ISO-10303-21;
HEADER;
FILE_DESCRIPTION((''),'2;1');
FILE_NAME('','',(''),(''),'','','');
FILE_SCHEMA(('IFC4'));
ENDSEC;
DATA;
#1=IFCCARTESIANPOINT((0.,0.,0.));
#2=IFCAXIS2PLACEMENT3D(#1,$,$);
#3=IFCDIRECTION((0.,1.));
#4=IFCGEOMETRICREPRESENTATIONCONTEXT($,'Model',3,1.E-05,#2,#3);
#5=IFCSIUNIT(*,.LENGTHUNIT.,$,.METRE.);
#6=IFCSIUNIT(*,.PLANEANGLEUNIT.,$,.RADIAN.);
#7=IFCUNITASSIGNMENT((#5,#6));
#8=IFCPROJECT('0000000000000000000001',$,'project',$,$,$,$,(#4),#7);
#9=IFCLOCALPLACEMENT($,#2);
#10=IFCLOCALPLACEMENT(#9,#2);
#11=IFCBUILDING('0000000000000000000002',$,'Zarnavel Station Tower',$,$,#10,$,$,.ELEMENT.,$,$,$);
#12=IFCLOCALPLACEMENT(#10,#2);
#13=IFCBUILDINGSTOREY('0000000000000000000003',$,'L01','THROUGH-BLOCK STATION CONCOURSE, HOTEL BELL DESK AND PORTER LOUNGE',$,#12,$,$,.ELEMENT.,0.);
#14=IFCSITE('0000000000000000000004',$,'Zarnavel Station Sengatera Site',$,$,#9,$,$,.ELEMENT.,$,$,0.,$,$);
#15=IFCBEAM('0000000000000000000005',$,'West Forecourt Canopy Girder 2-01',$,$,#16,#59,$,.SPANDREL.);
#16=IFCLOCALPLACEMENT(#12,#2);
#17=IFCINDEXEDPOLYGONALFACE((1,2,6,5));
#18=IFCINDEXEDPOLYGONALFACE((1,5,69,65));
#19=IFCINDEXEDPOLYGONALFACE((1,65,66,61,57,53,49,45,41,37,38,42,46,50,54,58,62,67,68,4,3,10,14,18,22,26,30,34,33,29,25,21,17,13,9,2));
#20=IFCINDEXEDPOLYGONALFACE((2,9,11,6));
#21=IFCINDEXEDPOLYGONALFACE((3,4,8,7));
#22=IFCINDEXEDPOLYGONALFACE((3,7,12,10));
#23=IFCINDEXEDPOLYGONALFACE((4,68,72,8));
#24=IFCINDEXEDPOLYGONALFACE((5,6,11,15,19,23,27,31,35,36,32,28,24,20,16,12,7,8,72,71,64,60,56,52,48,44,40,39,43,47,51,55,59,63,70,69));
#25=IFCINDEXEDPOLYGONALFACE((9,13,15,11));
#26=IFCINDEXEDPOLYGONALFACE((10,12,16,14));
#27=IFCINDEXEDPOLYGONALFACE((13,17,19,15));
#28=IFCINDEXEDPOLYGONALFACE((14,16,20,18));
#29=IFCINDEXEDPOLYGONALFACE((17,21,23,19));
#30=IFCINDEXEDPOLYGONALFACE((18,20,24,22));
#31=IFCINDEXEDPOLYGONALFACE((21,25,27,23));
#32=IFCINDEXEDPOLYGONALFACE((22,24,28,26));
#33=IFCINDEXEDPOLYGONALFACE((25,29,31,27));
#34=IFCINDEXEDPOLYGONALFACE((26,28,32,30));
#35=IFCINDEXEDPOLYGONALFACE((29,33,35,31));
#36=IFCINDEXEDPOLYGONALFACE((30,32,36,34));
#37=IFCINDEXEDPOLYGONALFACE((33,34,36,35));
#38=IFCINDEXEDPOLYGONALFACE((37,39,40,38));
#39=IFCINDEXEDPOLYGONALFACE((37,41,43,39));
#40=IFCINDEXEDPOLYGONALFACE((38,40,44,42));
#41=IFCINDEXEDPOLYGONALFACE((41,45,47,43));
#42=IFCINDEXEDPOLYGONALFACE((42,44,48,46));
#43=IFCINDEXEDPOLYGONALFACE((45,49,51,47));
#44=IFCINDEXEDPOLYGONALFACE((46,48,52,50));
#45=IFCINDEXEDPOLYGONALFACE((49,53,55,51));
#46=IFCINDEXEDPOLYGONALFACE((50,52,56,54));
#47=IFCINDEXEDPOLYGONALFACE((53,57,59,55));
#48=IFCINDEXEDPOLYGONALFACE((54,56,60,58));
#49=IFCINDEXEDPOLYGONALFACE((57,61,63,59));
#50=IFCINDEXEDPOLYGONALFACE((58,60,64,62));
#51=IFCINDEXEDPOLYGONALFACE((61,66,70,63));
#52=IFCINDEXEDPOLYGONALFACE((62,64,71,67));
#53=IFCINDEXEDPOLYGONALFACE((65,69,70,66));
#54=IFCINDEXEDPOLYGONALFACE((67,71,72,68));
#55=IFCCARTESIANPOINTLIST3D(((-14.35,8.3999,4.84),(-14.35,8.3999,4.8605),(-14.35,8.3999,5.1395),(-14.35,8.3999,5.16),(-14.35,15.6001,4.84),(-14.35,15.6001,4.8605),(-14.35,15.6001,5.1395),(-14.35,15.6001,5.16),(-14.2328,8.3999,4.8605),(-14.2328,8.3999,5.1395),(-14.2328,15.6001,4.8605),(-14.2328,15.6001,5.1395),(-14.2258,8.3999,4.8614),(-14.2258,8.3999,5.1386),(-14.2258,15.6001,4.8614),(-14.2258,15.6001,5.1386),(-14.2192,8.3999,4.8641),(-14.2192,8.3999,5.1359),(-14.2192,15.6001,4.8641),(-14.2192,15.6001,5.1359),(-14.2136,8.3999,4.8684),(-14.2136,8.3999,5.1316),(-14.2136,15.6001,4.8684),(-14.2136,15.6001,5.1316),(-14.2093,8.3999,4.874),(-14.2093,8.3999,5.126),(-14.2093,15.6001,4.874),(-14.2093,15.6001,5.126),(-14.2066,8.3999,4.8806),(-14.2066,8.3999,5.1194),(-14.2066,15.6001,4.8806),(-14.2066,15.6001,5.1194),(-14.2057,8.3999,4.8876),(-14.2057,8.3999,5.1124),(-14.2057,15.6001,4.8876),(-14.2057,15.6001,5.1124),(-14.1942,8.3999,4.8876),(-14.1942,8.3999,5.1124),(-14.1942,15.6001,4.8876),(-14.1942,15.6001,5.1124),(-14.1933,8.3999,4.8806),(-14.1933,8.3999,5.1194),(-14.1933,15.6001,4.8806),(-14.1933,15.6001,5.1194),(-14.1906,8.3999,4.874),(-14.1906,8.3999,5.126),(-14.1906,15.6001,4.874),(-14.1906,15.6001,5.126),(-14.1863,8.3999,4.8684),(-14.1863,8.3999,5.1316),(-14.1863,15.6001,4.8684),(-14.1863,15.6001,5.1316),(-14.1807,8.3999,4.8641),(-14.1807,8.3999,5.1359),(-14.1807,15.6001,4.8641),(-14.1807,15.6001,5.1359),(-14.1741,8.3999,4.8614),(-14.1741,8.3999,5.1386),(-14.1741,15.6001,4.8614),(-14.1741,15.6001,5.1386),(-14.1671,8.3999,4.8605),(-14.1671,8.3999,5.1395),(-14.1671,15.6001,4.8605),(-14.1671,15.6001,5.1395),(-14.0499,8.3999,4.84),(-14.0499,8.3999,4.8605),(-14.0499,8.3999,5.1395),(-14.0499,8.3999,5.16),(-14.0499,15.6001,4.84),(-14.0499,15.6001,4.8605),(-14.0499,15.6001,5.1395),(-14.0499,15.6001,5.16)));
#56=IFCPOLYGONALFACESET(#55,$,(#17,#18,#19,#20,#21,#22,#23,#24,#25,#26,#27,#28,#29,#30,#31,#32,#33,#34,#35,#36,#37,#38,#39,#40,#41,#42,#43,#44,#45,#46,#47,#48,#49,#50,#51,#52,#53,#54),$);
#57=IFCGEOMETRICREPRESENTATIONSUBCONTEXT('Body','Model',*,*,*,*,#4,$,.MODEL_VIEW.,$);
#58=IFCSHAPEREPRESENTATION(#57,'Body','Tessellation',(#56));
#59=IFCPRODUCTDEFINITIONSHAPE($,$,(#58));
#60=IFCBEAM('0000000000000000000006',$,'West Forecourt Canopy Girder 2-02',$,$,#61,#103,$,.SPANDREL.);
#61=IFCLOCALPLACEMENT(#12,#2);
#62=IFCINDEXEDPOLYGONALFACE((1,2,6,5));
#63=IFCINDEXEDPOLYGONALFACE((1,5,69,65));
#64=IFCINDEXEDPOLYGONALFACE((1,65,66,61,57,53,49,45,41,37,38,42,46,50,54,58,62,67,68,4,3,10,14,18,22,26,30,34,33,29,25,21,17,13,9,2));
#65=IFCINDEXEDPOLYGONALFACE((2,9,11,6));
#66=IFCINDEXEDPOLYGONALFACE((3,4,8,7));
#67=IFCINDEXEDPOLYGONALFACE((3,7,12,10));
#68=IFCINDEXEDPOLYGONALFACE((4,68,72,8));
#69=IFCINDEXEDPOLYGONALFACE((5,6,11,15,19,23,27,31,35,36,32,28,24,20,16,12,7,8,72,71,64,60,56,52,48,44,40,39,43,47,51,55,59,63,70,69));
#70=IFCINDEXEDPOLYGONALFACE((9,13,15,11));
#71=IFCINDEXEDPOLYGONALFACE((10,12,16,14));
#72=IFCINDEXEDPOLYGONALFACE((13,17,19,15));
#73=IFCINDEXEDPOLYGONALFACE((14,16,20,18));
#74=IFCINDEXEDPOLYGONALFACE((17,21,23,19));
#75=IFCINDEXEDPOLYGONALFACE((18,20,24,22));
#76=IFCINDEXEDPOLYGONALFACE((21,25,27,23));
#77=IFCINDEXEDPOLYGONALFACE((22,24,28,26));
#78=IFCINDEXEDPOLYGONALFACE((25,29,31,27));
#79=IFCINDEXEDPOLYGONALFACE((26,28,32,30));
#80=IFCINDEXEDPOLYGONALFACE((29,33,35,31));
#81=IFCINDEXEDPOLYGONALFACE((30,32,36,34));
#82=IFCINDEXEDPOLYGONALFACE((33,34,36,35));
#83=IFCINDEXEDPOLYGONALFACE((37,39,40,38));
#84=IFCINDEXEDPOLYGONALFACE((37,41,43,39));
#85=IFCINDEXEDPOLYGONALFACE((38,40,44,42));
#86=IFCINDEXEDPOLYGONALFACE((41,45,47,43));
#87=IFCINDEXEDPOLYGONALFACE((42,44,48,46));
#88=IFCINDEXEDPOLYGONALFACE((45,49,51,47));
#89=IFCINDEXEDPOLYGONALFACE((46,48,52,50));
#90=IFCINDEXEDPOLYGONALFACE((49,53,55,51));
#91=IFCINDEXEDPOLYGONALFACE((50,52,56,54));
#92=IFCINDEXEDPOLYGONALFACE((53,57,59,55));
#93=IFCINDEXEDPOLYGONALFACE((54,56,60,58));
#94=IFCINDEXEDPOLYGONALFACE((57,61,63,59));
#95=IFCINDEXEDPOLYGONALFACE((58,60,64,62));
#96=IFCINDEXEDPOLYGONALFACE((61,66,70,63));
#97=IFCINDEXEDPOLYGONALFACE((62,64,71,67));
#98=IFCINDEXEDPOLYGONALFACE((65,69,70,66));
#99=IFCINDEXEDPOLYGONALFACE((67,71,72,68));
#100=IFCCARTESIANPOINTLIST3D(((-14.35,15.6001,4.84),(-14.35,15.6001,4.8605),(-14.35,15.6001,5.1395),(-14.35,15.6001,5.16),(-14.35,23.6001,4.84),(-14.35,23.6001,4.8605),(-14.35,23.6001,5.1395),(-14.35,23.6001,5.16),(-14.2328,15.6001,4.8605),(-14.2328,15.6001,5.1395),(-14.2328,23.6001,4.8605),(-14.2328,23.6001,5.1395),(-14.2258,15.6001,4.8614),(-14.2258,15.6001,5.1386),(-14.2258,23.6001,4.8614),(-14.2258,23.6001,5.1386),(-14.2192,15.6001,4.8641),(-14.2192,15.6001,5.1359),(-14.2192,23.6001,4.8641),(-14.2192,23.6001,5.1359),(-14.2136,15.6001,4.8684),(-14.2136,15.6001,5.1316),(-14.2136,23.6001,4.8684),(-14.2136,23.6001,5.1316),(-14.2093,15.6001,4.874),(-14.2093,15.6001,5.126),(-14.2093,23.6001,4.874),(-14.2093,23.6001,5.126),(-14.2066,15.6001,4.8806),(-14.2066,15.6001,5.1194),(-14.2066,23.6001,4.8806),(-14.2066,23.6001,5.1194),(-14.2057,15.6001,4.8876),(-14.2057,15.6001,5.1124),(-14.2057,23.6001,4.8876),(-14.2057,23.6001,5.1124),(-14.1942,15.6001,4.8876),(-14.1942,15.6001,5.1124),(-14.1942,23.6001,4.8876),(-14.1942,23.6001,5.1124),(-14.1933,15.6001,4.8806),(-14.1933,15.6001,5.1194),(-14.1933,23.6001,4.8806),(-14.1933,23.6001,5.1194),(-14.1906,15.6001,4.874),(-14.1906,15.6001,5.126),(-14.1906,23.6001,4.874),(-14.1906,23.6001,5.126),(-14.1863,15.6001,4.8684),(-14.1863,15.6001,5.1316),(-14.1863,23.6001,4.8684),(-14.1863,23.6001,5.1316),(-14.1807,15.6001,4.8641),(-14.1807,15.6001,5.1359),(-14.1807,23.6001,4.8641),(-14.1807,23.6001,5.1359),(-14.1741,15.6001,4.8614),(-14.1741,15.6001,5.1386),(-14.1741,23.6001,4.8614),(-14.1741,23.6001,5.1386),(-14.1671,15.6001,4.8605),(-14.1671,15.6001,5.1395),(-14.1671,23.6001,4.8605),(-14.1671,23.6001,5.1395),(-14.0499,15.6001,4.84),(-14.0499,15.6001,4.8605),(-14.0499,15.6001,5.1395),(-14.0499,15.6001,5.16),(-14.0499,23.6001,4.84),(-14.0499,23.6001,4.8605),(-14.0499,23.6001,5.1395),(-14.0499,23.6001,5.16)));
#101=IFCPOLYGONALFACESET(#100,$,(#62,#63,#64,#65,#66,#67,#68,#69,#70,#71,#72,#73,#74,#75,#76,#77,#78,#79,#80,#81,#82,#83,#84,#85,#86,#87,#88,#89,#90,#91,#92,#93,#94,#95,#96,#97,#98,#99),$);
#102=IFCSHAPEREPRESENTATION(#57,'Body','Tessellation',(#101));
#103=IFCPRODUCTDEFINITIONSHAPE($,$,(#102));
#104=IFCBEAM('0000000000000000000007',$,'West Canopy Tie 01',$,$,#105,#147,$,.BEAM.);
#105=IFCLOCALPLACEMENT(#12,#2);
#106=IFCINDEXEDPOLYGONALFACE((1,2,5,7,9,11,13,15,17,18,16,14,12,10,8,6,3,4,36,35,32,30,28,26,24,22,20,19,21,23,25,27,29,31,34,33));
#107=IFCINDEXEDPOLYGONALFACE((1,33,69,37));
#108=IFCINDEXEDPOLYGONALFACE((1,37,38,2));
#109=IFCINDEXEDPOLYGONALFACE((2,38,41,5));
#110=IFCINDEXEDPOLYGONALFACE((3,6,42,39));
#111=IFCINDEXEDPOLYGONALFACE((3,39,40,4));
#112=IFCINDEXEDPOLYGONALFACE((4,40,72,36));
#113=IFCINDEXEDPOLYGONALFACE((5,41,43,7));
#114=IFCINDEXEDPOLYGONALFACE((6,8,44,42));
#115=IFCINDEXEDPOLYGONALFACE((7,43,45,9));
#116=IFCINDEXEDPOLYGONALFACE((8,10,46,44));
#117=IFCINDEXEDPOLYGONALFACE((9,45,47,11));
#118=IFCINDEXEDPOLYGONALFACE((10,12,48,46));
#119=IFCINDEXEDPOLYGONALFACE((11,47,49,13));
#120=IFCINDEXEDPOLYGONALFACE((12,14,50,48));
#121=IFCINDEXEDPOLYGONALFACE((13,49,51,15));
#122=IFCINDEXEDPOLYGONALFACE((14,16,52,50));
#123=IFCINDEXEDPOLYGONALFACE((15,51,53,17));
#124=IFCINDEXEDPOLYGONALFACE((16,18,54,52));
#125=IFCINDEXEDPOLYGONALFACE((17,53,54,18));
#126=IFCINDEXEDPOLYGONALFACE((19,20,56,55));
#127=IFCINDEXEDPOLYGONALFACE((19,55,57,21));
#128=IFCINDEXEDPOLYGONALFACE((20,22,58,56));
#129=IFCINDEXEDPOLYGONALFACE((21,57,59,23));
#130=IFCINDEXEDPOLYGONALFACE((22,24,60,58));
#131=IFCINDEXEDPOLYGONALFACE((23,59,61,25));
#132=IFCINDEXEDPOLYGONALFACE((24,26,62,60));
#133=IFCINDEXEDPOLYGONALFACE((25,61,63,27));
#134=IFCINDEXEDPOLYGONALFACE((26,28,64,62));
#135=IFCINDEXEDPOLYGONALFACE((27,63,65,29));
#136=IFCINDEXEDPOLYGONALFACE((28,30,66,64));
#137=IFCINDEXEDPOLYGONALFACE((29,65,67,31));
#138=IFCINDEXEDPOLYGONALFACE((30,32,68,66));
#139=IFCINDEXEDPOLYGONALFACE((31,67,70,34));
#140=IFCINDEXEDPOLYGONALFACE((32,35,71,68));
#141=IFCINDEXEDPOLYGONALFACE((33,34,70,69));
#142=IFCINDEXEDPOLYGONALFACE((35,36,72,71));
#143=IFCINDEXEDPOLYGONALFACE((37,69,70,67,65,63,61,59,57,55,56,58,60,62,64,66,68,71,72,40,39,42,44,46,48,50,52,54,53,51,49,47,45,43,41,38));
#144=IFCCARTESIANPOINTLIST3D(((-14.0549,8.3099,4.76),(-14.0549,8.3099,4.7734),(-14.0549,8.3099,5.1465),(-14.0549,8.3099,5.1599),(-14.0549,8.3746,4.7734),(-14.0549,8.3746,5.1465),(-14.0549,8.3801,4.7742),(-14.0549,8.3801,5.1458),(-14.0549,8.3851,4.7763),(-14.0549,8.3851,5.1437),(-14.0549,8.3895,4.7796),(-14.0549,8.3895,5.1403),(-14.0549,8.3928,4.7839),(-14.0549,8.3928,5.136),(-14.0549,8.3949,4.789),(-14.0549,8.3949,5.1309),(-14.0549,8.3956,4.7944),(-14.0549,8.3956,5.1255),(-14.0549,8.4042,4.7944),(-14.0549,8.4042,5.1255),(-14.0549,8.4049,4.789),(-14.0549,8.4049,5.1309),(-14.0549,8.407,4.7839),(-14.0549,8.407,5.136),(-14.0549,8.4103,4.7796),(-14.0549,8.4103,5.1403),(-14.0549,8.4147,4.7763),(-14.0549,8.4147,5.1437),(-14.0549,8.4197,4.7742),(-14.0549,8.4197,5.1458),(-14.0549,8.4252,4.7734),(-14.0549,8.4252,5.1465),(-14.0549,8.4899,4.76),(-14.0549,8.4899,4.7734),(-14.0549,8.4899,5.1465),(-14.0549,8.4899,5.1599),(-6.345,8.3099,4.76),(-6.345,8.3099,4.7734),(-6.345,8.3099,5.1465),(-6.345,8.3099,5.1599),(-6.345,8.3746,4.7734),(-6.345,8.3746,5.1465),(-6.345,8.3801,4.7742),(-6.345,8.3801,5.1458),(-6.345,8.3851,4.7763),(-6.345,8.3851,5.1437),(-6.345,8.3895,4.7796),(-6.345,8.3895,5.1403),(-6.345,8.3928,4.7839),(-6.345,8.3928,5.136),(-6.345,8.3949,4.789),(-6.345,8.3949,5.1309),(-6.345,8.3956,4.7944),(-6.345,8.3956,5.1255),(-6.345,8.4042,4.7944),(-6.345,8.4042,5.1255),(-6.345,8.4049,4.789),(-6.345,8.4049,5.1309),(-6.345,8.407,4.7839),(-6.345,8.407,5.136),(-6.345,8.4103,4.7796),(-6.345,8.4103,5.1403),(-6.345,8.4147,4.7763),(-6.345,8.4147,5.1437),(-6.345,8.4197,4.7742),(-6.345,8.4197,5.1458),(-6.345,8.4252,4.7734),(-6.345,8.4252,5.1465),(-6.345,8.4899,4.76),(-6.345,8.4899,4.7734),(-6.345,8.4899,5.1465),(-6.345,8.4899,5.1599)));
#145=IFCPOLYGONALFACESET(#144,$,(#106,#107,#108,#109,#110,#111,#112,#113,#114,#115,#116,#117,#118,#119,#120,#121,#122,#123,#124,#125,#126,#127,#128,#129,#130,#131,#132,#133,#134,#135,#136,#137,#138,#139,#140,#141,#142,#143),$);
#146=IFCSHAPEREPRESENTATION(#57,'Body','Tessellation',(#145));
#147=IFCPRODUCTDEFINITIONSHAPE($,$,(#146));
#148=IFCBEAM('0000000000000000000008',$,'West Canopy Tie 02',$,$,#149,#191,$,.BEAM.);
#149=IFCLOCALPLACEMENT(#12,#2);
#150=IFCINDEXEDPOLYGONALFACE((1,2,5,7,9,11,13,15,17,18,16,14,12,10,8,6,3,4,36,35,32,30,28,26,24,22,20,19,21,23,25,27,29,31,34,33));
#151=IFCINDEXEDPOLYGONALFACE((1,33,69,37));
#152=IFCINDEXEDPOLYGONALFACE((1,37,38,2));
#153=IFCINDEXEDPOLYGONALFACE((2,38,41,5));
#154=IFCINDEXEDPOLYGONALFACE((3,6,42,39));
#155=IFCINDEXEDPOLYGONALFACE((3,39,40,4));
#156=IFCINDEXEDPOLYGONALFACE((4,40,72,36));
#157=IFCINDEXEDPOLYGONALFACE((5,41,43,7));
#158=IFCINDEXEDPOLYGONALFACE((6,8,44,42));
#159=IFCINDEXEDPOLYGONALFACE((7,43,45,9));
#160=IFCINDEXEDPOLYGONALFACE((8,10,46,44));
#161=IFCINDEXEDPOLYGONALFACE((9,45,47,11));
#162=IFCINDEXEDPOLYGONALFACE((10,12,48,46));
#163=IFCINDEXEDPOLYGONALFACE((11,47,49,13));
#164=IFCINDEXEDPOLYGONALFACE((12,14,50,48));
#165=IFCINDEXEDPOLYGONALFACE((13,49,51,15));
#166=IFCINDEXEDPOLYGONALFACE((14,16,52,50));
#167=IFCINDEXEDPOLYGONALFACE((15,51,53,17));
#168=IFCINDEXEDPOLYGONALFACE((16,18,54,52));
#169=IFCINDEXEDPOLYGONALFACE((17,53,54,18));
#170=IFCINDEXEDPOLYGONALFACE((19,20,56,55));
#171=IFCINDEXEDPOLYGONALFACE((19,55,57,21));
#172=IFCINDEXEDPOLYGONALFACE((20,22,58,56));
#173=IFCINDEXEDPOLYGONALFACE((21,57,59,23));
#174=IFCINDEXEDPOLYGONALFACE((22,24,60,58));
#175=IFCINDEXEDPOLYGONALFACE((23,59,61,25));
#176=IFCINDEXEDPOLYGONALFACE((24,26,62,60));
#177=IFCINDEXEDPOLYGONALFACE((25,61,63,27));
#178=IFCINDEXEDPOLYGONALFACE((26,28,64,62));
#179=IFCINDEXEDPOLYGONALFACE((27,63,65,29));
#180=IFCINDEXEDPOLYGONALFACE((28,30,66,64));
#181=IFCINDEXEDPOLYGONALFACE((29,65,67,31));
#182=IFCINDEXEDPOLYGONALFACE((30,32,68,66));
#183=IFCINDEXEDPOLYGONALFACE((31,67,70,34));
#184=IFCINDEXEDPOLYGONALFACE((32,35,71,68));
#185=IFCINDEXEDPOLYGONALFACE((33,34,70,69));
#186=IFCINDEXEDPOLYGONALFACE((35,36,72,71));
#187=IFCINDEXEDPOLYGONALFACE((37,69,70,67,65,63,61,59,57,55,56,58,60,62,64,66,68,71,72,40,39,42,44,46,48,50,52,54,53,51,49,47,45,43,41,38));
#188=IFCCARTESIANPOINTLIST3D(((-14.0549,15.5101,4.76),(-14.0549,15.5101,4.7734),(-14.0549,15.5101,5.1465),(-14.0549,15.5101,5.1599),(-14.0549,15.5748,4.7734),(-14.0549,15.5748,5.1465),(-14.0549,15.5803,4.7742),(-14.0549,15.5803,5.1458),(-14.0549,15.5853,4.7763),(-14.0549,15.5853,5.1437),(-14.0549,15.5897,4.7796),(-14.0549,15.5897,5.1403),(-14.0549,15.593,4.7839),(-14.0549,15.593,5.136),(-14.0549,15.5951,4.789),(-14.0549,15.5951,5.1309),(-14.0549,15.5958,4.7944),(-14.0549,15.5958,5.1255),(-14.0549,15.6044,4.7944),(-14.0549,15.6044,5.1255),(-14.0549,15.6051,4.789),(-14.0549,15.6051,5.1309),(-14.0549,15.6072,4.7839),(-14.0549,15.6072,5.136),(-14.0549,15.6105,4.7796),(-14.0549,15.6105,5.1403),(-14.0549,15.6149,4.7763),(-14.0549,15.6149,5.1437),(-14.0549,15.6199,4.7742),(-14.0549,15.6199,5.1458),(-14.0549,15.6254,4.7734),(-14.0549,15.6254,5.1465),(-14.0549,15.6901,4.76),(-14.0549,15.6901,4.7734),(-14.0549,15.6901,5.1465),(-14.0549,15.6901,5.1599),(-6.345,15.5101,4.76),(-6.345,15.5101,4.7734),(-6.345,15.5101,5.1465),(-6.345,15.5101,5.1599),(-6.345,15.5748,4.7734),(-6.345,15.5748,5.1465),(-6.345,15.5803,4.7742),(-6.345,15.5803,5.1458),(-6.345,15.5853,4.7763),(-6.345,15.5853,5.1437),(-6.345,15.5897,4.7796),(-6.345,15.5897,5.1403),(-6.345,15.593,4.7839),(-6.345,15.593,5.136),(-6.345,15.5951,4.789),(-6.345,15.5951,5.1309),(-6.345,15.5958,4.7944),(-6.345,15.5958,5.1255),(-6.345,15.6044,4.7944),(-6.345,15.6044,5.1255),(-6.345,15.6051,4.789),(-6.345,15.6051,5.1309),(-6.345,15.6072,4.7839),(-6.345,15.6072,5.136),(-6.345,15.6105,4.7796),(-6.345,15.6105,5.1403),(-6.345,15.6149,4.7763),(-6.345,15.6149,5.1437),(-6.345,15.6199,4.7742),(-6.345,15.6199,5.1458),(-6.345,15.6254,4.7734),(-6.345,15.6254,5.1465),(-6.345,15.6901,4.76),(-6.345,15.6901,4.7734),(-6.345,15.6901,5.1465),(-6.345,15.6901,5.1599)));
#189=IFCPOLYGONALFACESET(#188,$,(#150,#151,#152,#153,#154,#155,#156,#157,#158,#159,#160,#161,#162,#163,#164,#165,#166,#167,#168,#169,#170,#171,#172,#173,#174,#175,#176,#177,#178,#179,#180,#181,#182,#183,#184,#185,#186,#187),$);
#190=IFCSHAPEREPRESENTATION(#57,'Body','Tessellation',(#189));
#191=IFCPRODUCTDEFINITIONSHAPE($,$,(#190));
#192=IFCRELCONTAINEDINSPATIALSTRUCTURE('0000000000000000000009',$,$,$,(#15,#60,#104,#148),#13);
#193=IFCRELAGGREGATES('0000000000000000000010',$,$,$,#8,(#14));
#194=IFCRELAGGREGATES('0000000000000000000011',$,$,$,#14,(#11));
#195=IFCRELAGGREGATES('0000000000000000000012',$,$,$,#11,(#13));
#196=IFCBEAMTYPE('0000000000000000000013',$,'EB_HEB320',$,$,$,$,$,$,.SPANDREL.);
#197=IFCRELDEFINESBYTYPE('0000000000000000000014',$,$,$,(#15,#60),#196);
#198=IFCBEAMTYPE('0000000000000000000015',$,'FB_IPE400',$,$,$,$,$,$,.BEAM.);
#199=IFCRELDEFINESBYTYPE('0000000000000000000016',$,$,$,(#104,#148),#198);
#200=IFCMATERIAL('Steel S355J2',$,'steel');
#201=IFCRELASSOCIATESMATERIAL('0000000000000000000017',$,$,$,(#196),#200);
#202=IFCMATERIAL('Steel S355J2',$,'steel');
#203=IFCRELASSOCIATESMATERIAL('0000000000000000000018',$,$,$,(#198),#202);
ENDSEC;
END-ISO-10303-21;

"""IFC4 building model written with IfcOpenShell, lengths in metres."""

from ifc_helpers import new_model, si_unit, direction, frame, origin, origin_2d, place, context, subcontext, project, spatial, i_section, extrude, material, material_profile, profile_set, type_object, element, save


model = new_model("IFC4")

# Units and contexts
model_context = context("Model", 3, precision=1e-05, world=origin(), true_north=direction((0.0, 1.0)))
body_context = subcontext(model_context, "Body", "Model", "MODEL_VIEW")
ifc_project = project(units=[si_unit("LENGTHUNIT", "METRE"), si_unit("PLANEANGLEUNIT", "RADIAN")], contexts=[model_context])

# Site, building, storey
site_placement = place(None, origin())
site = spatial("IfcSite", under=ifc_project, at=site_placement, Name="Zarnavel Station Sengatera Site", CompositionType="ELEMENT", RefElevation=0.0)
building_placement = place(site_placement, origin())
building = spatial("IfcBuilding", under=site, at=building_placement, Name="Zarnavel Station Tower", CompositionType="ELEMENT")
storey_placement = place(building_placement, origin())
storey = spatial("IfcBuildingStorey", under=building, at=storey_placement, Name="L01", Description="THROUGH-BLOCK STATION CONCOURSE, HOTEL BELL DESK AND PORTER LOUNGE", CompositionType="ELEMENT", Elevation=0.0)

# Beams
ifc_material_1 = material(Name="Steel S355J2", Category="steel")
ifc_material_profile_1 = material_profile(ifc_material_1, i_section(OverallWidth=0.3, OverallDepth=0.3201, WebThickness=0.0115, FlangeThickness=0.0205, FilletRadius=0.0271, at=origin_2d()), Name="HEB320")
ifc_profile_set_1 = profile_set([ifc_material_profile_1], Name="Steel S355J2")
beam_type_1 = type_object("IfcBeamType", Name="EB_HEB320", PredefinedType="SPANDREL", material=ifc_profile_set_1)
beam_1_placement = place(storey_placement, frame((-14.2, 8.3999, 5.0), z_axis=(0.0, 1.0, 0.0), x_axis=(-1.0, 0.0, 0.0)))
element("IfcBeam", 1, at=beam_1_placement, inside=storey, type_object=beam_type_1, Name="West Forecourt Canopy Girder 2-01", PredefinedType="SPANDREL", context=body_context, shape_type="SweptSolid", body=[
    extrude(i_section(OverallWidth=0.3, OverallDepth=0.3201, WebThickness=0.0115, FlangeThickness=0.0205, FilletRadius=0.0271, at=origin_2d()), origin(), (0.0, 0.0, 1.0), 7.2002),
])
beam_2_placement = place(storey_placement, frame((-14.2, 15.6001, 5.0), z_axis=(0.0, 1.0, 0.0), x_axis=(-1.0, 0.0, 0.0)))
element("IfcBeam", 2, at=beam_2_placement, inside=storey, type_object=beam_type_1, Name="West Forecourt Canopy Girder 2-02", PredefinedType="SPANDREL", context=body_context, shape_type="SweptSolid", body=[
    extrude(i_section(OverallWidth=0.3, OverallDepth=0.3201, WebThickness=0.0115, FlangeThickness=0.0205, FilletRadius=0.0271, at=origin_2d()), origin(), (0.0, 0.0, 1.0), 8.0),
])
ifc_material_2 = material(Name="Steel S355J2", Category="steel")
ifc_material_profile_2 = material_profile(ifc_material_2, i_section(OverallWidth=0.1799, OverallDepth=0.3999, WebThickness=0.0085, FlangeThickness=0.0134, FilletRadius=0.021, at=origin_2d()), Name="IPE400")
ifc_profile_set_2 = profile_set([ifc_material_profile_2], Name="Steel S355J2")
beam_type_2 = type_object("IfcBeamType", Name="FB_IPE400", PredefinedType="BEAM", material=ifc_profile_set_2)
for number, where, z_axis, x_axis, name in (
    (3, (-14.0549, 8.3999, 4.96), (1.0, 0.0, 0.0), (0.0, 1.0, 0.0), "West Canopy Tie 01"),
    (4, (-14.0549, 15.6001, 4.96), (1.0, 0.0, 0.0), (0.0, 1.0, 0.0), "West Canopy Tie 02"),
):
    element("IfcBeam", number, at=place(storey_placement, frame(where, z_axis=z_axis, x_axis=x_axis)), inside=storey, type_object=beam_type_2, Name=name, PredefinedType="BEAM", context=body_context, shape_type="SweptSolid", body=[
        extrude(i_section(OverallWidth=0.1799, OverallDepth=0.3999, WebThickness=0.0085, FlangeThickness=0.0134, FilletRadius=0.021, at=origin_2d()), origin(), (0.0, 0.0, 1.0), 7.71),
    ])

save(model, "model.ifc")
